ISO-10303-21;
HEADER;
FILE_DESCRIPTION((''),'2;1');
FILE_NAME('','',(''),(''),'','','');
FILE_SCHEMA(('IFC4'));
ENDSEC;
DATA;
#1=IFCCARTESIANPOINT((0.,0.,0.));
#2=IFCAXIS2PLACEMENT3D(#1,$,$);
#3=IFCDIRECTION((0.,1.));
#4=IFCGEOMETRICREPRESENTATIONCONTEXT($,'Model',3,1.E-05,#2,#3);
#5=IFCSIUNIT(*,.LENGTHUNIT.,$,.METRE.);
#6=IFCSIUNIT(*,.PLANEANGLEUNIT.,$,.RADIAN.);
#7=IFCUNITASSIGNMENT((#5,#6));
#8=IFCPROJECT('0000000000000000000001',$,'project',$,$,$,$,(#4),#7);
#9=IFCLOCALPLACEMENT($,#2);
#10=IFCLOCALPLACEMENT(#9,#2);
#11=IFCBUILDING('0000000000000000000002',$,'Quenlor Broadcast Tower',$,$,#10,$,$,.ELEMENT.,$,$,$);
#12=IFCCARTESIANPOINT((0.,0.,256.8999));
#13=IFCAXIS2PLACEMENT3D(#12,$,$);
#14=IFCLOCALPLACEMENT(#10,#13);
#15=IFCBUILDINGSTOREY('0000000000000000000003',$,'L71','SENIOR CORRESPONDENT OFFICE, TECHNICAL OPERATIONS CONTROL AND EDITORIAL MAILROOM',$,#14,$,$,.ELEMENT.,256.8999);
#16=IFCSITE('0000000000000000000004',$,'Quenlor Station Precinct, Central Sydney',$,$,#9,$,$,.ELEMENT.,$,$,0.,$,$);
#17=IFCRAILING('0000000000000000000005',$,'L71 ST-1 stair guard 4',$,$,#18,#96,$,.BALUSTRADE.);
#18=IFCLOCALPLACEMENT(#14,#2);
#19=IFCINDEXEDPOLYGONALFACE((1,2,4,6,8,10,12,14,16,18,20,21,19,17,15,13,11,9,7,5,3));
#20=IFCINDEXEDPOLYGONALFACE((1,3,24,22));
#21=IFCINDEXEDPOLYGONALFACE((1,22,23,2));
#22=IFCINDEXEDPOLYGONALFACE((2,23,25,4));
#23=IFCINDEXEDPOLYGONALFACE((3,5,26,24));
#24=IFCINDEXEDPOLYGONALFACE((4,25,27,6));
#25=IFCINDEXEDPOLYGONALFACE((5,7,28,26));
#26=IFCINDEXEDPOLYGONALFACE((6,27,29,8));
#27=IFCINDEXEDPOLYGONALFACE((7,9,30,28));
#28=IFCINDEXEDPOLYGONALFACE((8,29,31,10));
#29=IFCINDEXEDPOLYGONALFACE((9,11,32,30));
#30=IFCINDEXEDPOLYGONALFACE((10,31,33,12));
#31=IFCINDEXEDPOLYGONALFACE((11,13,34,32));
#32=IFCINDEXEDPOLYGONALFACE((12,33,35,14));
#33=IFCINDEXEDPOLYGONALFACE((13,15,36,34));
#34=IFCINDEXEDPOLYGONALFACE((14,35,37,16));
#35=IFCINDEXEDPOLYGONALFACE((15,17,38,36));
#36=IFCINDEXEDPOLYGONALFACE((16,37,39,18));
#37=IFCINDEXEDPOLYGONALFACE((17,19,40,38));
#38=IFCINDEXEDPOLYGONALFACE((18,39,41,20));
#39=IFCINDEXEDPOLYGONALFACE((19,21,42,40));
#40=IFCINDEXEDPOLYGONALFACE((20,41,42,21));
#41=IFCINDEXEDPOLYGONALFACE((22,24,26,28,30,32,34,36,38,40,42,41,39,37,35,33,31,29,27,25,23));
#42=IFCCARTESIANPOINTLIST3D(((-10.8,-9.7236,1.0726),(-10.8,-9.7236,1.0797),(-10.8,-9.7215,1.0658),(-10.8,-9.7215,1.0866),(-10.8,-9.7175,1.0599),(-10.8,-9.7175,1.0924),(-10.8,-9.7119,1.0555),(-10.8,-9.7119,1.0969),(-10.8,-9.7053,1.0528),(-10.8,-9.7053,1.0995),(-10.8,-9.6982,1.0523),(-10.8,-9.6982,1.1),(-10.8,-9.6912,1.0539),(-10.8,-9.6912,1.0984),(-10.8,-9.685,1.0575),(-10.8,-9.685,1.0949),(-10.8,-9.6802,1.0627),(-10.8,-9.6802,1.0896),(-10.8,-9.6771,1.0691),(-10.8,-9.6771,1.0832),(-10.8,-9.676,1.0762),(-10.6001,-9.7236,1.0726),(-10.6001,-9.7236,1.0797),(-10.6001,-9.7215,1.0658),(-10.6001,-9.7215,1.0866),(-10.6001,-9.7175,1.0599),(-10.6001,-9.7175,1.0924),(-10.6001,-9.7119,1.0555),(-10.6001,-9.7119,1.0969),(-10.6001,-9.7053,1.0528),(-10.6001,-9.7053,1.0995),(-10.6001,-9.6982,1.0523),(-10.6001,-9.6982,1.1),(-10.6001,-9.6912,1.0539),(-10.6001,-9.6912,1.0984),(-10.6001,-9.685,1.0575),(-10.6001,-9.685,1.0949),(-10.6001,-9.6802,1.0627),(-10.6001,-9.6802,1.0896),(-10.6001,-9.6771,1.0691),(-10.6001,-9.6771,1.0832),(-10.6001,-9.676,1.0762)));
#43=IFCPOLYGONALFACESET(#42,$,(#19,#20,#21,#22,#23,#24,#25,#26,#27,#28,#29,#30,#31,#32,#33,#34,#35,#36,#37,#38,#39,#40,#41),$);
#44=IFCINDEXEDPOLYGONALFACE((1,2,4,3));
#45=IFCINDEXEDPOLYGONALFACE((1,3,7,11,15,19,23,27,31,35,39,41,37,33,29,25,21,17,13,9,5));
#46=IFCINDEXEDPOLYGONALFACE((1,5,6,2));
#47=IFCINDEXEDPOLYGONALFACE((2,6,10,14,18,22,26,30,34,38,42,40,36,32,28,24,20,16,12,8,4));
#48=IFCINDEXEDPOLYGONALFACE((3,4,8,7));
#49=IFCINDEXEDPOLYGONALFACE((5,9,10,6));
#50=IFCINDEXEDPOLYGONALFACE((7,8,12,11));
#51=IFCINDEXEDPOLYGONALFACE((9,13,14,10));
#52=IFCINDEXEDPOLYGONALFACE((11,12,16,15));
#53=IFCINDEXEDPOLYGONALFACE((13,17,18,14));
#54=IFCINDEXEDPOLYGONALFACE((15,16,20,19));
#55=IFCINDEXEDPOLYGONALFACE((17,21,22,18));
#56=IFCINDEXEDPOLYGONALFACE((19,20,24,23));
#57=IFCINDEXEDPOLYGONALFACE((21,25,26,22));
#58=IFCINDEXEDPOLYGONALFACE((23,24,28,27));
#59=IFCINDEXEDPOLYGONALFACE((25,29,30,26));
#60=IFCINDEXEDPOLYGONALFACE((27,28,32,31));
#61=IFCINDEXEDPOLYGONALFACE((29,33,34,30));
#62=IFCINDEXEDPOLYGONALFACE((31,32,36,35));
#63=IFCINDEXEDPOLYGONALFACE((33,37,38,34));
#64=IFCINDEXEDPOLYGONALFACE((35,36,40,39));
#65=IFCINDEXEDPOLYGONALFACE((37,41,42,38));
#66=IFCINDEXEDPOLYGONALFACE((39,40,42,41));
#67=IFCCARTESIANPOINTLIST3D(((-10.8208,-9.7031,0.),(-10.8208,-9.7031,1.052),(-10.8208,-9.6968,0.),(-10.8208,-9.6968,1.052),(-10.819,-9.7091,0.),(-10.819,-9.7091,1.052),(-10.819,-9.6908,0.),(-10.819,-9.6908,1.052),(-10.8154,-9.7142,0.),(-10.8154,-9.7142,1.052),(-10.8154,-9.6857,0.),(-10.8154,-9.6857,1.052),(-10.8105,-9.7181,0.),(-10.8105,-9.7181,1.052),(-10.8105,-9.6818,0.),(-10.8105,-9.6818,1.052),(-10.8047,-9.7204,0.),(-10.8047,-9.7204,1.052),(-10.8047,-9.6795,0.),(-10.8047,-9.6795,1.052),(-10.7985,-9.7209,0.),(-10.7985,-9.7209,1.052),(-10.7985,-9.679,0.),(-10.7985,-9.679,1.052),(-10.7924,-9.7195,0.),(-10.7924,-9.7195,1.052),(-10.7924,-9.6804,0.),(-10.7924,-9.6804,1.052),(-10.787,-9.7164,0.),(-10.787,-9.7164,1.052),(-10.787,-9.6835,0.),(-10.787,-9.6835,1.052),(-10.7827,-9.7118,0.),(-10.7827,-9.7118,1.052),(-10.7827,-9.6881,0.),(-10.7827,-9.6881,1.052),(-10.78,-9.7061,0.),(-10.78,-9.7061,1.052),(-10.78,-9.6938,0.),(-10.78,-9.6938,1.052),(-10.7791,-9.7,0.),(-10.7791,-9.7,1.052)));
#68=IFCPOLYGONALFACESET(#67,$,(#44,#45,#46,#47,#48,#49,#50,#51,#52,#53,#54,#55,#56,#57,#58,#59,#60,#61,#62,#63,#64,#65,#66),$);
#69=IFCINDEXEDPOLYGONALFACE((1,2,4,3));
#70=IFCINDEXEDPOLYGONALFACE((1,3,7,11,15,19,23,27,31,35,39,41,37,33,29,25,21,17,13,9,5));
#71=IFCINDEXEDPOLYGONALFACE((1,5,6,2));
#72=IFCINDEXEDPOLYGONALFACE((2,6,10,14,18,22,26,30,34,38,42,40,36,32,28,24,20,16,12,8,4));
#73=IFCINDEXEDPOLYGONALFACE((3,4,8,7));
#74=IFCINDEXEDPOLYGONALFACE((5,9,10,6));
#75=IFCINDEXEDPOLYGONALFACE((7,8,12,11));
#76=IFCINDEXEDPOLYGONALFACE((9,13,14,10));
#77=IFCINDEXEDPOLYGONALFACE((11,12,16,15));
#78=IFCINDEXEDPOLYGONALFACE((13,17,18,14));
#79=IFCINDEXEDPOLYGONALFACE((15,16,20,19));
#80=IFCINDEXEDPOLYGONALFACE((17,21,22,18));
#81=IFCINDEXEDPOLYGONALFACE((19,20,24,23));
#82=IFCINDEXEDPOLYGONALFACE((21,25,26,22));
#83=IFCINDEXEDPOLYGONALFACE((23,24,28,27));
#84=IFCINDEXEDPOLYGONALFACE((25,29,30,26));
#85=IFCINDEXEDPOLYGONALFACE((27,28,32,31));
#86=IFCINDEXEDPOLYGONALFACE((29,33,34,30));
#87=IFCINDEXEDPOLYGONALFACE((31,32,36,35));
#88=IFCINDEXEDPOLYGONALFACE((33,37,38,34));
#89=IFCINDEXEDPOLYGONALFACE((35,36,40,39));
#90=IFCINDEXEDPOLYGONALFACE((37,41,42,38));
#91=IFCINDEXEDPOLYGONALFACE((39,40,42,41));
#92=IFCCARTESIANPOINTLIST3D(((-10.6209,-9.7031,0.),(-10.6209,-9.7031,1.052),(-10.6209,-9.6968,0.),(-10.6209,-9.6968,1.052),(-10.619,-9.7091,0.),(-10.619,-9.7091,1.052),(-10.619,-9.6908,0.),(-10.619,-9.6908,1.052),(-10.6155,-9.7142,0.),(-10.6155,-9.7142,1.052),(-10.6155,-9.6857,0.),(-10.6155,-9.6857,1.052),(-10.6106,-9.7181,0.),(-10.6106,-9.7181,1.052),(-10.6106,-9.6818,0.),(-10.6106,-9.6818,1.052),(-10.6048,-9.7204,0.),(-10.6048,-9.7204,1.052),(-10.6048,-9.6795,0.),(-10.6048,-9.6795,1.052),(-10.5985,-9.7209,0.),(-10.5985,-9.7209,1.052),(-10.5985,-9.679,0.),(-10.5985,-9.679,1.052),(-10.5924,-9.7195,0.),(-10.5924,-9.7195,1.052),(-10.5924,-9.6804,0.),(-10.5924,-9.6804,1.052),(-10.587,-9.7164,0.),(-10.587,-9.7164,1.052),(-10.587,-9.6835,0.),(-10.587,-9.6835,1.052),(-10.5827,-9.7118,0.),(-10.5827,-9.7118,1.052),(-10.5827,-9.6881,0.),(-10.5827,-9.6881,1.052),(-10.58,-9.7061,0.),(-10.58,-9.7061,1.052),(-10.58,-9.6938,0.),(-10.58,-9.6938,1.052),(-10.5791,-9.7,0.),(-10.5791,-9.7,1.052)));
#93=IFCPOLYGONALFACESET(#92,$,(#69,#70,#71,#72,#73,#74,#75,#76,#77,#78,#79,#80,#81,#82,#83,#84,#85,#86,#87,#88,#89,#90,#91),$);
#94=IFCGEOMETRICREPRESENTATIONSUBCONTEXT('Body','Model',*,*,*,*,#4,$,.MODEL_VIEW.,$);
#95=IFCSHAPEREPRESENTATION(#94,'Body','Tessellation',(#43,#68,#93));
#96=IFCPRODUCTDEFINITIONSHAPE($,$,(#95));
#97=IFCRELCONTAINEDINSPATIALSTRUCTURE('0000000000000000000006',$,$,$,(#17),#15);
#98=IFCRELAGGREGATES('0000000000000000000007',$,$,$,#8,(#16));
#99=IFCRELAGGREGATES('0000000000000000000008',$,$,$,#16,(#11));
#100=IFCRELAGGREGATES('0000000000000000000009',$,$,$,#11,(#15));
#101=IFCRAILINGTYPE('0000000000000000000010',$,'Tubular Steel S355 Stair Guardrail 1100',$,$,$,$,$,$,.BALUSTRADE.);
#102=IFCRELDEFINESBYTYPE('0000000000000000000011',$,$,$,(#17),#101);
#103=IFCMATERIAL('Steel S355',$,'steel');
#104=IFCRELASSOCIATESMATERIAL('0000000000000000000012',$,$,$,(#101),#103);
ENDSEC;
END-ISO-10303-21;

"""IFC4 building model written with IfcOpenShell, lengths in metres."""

from ifc_helpers import new_model, si_unit, direction, frame, origin, origin_2d, place, context, subcontext, project, spatial, circle, extrude, material, type_object, element, save


model = new_model("IFC4")

# Units and contexts
model_context = context("Model", 3, precision=1e-05, world=origin(), true_north=direction((0.0, 1.0)))
body_context = subcontext(model_context, "Body", "Model", "MODEL_VIEW")
ifc_project = project(units=[si_unit("LENGTHUNIT", "METRE"), si_unit("PLANEANGLEUNIT", "RADIAN")], contexts=[model_context])

# Site, building, storey
site_placement = place(None, origin())
site = spatial("IfcSite", under=ifc_project, at=site_placement, Name="Quenlor Station Precinct, Central Sydney", CompositionType="ELEMENT", RefElevation=0.0)
building_placement = place(site_placement, origin())
building = spatial("IfcBuilding", under=site, at=building_placement, Name="Quenlor Broadcast Tower", CompositionType="ELEMENT")
storey_placement = place(building_placement, frame((0.0, 0.0, 256.8999)))
storey = spatial("IfcBuildingStorey", under=building, at=storey_placement, Name="L71", Description="SENIOR CORRESPONDENT OFFICE, TECHNICAL OPERATIONS CONTROL AND EDITORIAL MAILROOM", CompositionType="ELEMENT", Elevation=256.8999)

# Railing
ifc_material_1 = material(Name="Steel S355", Category="steel")
railing_type = type_object("IfcRailingType", Name="Tubular Steel S355 Stair Guardrail 1100", PredefinedType="BALUSTRADE", material=ifc_material_1)
railing_1_placement = place(storey_placement, frame((-10.8, -9.7, 0.0)))
element("IfcRailing", 1, at=railing_1_placement, inside=storey, type_object=railing_type, Name="L71 ST-1 stair guard 4", PredefinedType="BALUSTRADE", context=body_context, shape_type="SweptSolid", body=[
    extrude(circle(Radius=0.0239, at=origin_2d()), frame((0.0, 0.0, 1.0762), z_axis=(1.0, 0.0, 0.0), x_axis=(0.0, 1.0, 0.0)), (0.0, 0.0, 1.0), 0.2),
    extrude(circle(Radius=0.021, at=origin_2d()), origin(), (0.0, 0.0, 1.0), 1.052),
    extrude(circle(Radius=0.021, at=origin_2d()), frame((0.2, 0.0, 0.0)), (0.0, 0.0, 1.0), 1.052),
])

save(model, "model.ifc")
